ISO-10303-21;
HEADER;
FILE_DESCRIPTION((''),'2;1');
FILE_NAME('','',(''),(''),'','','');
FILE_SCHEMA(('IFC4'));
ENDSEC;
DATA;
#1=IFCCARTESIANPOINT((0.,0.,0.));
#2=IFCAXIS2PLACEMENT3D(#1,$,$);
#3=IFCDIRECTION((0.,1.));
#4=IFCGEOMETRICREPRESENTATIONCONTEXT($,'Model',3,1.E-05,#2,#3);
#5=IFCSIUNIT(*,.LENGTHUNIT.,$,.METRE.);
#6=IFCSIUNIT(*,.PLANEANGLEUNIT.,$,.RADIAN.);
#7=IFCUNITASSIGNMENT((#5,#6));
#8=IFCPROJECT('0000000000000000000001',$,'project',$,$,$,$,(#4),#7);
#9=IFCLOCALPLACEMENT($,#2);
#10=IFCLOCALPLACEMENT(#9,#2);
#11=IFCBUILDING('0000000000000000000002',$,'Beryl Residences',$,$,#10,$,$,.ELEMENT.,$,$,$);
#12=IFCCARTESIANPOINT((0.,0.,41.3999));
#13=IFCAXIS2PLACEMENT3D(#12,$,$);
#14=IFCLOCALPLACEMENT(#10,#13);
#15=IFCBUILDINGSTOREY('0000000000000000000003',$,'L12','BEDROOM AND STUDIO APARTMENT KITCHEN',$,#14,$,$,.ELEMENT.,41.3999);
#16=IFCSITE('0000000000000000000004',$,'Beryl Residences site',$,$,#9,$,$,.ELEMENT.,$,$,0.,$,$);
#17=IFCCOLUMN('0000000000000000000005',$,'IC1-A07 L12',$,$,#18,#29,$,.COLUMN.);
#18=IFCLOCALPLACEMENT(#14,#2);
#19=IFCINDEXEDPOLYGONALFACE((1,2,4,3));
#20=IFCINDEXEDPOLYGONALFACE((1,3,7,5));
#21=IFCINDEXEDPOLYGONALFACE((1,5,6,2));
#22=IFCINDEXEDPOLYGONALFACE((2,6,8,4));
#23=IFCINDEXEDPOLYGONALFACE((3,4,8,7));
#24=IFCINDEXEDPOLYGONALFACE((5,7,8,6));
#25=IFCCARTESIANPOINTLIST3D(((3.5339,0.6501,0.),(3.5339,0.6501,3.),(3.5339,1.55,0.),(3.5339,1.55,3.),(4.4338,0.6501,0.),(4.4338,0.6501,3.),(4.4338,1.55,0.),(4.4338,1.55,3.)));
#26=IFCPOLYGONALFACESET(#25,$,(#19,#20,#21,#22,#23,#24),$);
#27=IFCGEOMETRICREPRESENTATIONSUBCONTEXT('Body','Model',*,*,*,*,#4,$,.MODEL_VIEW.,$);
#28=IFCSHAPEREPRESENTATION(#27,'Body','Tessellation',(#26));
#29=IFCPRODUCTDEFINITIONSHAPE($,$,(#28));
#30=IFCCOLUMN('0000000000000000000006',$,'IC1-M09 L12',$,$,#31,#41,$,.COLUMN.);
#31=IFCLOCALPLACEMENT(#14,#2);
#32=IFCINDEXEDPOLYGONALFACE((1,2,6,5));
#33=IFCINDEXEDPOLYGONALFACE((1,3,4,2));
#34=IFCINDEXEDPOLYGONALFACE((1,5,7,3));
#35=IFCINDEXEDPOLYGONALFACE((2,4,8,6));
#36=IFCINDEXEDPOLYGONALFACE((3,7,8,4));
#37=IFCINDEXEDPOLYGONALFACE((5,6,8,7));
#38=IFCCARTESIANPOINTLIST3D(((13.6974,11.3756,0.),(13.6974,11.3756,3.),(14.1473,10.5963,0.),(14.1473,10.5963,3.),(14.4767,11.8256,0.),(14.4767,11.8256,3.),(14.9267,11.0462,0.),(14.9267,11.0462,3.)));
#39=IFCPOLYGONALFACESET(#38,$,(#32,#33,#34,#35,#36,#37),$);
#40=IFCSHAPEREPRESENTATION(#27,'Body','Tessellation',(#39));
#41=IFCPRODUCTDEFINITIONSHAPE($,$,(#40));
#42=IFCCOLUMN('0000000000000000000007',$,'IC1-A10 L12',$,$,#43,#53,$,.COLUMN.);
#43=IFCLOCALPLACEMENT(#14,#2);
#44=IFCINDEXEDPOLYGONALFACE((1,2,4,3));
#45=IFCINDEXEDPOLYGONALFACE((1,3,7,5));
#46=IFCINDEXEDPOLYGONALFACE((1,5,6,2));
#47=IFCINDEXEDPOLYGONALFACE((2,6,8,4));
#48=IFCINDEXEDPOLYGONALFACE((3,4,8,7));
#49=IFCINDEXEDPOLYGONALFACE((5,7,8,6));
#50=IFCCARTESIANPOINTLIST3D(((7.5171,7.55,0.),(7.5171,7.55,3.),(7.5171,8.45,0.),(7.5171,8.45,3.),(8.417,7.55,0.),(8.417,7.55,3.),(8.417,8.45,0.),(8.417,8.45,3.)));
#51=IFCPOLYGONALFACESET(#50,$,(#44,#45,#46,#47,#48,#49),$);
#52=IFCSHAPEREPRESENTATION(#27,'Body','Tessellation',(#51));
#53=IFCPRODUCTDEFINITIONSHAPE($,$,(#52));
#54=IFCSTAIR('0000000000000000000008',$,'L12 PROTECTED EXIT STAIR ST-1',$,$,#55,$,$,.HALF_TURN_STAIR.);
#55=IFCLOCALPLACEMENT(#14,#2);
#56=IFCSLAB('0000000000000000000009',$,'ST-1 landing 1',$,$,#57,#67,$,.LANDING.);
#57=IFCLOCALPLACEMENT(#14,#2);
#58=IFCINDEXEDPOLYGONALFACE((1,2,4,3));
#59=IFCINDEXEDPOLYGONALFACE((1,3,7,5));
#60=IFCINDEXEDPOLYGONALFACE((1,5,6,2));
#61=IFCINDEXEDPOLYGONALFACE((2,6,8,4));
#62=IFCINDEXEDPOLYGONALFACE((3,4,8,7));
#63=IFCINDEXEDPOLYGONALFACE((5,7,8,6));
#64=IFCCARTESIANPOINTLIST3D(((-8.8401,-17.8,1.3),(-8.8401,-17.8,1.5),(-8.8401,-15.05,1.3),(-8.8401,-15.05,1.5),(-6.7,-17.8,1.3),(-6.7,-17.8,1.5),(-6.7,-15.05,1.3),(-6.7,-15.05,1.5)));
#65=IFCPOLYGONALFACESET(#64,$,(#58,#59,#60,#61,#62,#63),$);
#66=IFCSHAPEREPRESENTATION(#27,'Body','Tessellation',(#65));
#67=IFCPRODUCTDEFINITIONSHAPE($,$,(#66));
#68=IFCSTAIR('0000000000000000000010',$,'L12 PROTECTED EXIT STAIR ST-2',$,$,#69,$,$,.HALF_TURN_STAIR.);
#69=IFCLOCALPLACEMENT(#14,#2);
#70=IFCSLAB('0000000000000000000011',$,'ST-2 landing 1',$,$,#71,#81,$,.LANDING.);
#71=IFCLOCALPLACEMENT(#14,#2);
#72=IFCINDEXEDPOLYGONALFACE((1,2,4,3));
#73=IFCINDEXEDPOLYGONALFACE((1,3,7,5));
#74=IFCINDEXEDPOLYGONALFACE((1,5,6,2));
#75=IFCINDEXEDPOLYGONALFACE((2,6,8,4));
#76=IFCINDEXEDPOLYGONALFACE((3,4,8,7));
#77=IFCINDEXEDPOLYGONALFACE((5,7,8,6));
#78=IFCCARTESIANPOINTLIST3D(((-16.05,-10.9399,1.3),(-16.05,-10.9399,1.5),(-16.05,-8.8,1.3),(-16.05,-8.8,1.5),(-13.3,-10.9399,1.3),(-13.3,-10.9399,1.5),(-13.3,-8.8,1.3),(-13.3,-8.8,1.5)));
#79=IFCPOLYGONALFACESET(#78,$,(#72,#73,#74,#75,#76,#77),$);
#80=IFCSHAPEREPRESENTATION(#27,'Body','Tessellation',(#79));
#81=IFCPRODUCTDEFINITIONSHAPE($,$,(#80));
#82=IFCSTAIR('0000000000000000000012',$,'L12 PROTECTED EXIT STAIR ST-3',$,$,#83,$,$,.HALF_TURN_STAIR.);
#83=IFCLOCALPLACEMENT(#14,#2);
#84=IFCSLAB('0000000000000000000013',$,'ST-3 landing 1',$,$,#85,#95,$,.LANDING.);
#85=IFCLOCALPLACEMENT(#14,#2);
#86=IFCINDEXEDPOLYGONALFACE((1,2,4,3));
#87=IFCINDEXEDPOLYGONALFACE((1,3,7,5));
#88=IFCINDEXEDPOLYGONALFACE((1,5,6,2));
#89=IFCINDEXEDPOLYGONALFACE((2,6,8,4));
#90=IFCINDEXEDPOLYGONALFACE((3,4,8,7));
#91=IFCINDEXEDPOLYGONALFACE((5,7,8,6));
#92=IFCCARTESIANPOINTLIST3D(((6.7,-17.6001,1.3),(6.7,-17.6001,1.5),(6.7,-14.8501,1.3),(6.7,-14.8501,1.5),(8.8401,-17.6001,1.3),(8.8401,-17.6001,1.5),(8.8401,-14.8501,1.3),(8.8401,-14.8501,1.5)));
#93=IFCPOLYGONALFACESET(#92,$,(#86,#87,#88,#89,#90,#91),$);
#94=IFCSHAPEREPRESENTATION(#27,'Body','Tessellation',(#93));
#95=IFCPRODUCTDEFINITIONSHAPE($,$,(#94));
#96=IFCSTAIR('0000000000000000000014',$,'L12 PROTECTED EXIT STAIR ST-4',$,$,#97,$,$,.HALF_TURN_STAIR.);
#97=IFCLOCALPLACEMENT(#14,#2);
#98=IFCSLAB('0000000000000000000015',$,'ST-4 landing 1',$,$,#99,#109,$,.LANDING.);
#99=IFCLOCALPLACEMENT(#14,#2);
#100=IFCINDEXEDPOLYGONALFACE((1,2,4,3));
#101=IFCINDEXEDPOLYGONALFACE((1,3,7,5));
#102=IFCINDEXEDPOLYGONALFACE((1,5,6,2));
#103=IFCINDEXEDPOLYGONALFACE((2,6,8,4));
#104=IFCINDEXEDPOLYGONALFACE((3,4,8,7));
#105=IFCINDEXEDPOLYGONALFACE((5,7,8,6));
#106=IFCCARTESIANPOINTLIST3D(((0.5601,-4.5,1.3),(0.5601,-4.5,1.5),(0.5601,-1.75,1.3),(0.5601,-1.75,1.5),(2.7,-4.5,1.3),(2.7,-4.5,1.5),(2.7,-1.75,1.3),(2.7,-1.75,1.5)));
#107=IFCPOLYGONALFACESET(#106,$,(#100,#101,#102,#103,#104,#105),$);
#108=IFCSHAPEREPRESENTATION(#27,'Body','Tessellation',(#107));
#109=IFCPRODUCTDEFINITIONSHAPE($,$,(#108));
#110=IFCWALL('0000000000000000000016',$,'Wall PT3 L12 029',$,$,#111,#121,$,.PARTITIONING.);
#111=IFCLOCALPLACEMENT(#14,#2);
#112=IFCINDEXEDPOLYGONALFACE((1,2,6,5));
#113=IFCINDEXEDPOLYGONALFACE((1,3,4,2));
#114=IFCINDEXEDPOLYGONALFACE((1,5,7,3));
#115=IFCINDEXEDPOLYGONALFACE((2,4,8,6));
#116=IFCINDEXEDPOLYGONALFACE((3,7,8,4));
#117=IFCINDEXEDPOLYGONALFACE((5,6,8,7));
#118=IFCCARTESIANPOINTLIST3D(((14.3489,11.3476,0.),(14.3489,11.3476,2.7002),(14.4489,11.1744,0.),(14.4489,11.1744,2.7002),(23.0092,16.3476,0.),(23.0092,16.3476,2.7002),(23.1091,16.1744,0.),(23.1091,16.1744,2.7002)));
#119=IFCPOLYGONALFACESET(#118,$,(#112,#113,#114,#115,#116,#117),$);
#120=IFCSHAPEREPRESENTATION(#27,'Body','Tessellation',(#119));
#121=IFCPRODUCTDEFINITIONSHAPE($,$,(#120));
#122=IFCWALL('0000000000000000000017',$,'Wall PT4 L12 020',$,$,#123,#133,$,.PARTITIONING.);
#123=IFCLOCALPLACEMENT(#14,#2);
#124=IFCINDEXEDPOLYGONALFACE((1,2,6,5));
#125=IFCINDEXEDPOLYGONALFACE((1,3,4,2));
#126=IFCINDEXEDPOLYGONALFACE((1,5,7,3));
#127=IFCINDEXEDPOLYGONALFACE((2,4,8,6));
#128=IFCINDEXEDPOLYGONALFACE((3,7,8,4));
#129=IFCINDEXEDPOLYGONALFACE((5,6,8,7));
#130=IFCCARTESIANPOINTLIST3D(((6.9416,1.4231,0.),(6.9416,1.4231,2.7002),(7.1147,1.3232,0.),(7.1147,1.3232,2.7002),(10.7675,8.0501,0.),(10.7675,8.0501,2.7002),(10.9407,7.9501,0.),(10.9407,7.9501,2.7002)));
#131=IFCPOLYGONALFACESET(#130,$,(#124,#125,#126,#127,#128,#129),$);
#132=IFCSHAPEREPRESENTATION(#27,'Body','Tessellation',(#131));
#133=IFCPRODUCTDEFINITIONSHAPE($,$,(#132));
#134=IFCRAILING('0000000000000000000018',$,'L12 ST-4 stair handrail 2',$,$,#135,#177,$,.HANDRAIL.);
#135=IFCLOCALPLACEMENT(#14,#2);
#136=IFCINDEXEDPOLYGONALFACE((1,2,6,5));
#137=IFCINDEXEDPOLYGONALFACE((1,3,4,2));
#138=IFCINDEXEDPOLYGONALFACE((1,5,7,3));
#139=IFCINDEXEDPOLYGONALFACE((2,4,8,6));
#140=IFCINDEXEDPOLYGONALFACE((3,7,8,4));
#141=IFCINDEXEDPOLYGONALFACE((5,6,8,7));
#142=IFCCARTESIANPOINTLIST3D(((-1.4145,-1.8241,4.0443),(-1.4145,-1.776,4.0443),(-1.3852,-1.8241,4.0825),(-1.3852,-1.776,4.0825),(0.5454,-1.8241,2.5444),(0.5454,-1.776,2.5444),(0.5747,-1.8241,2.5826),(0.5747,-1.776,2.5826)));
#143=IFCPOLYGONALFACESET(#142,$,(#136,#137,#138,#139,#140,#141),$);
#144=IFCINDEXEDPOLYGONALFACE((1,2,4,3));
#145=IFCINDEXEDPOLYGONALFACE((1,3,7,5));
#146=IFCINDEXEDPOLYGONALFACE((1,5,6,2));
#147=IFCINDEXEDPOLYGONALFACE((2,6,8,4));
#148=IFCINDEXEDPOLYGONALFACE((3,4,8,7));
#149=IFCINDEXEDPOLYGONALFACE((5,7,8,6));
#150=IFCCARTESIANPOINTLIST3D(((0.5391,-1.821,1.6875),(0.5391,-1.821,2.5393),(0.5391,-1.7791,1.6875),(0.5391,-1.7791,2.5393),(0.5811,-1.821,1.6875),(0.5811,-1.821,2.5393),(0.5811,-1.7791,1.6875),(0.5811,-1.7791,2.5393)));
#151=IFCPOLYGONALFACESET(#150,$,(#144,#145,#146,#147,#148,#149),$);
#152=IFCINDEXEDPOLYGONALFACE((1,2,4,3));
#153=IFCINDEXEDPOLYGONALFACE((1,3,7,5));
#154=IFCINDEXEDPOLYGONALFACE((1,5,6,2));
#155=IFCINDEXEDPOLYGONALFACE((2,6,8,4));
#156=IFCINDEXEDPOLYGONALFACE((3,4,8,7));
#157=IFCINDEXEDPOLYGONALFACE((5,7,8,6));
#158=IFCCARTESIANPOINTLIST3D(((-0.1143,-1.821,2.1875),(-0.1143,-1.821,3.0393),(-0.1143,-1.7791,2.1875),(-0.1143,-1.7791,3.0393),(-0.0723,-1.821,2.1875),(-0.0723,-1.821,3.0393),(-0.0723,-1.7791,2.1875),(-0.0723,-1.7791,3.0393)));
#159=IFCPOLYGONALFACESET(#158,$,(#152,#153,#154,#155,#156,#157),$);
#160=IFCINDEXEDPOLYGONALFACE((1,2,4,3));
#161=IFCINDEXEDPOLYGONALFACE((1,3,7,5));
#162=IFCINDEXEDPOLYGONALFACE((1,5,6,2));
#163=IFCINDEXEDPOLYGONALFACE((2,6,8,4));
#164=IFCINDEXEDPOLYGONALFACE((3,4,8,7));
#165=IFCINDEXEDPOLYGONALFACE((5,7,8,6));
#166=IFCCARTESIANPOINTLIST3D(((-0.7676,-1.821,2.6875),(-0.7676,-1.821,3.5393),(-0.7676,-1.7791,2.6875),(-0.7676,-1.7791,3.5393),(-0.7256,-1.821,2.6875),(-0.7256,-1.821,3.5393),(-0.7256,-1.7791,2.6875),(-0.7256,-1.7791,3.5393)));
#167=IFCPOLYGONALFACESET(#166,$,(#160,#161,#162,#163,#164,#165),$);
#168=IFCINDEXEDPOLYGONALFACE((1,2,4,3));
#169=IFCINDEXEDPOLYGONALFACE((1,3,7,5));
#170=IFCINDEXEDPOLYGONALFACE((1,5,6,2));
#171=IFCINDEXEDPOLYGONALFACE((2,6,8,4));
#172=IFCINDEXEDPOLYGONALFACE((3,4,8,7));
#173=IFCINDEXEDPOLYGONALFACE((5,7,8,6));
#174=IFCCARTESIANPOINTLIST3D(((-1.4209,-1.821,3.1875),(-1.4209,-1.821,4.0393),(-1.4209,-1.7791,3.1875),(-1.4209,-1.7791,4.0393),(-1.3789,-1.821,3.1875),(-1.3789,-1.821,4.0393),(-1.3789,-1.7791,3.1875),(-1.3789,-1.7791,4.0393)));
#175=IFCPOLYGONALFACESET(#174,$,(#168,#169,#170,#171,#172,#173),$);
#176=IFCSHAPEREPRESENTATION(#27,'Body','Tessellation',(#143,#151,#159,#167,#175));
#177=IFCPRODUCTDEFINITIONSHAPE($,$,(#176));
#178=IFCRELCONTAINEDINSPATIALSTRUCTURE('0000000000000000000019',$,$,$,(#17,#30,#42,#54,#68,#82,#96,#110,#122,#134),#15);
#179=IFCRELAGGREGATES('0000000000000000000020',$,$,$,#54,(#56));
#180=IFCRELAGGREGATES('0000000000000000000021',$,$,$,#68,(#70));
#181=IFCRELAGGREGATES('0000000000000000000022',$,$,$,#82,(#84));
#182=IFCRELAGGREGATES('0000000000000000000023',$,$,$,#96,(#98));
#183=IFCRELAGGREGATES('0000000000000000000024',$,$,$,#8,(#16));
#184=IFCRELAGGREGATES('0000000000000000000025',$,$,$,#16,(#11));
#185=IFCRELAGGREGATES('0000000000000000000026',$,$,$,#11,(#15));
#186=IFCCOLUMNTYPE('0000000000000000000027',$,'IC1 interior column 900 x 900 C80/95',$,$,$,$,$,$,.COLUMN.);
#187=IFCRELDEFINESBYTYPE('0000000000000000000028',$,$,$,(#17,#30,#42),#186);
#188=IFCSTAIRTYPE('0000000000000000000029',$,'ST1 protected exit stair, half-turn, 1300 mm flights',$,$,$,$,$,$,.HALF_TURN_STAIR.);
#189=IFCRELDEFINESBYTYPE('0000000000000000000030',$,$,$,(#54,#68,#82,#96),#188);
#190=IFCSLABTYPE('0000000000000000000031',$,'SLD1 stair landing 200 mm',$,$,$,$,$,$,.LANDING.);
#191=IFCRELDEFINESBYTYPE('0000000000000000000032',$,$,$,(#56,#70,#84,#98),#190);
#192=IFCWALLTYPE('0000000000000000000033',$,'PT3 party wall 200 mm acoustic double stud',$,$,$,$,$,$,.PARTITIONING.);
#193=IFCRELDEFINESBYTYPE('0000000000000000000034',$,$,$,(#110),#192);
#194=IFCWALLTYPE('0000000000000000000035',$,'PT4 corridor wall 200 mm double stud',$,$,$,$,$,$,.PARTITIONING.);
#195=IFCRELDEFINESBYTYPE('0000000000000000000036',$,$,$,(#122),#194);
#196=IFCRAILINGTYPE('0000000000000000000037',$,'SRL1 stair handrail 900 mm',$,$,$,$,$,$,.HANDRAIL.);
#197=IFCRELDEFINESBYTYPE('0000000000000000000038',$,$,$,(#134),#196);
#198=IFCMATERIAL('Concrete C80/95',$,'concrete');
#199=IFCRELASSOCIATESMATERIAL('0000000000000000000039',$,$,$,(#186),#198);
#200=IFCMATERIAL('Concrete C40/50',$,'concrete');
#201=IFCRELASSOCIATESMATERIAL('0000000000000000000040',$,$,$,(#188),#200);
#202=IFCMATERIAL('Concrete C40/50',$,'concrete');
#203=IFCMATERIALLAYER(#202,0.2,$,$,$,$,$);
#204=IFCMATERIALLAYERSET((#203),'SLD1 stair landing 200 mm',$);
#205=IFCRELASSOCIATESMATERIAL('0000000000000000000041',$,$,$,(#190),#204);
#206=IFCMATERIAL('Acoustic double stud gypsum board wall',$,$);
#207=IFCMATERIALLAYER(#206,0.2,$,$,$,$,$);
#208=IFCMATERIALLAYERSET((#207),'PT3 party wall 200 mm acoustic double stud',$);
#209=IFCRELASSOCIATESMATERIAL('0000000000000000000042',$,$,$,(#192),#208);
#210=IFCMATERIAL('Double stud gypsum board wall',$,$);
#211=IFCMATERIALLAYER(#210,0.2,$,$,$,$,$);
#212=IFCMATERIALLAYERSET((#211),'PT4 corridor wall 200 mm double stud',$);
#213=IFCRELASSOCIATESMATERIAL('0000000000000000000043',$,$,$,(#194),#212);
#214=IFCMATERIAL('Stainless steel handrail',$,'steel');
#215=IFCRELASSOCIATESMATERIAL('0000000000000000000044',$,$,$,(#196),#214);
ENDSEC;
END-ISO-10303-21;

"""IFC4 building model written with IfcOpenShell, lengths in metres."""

from ifc_helpers import new_model, si_unit, direction, frame, frame_2d, origin, origin_2d, place, context, subcontext, project, spatial, polyline, rectangle, outline, extrude, material, layer, layer_set, material_profile, profile_set, type_object, element, aggregate, save


model = new_model("IFC4")

# Units and contexts
model_context = context("Model", 3, precision=1e-05, world=origin(), true_north=direction((0.0, 1.0)))
body_context = subcontext(model_context, "Body", "Model", "MODEL_VIEW")
ifc_project = project(units=[si_unit("LENGTHUNIT", "METRE"), si_unit("PLANEANGLEUNIT", "RADIAN")], contexts=[model_context])

# Site, building, storey
site_placement = place(None, origin())
site = spatial("IfcSite", under=ifc_project, at=site_placement, Name="Beryl Residences site", CompositionType="ELEMENT", RefElevation=0.0)
building_placement = place(site_placement, origin())
building = spatial("IfcBuilding", under=site, at=building_placement, Name="Beryl Residences", CompositionType="ELEMENT")
storey_placement = place(building_placement, frame((0.0, 0.0, 41.3999)))
storey = spatial("IfcBuildingStorey", under=building, at=storey_placement, Name="L12", Description="BEDROOM AND STUDIO APARTMENT KITCHEN", CompositionType="ELEMENT", Elevation=41.3999)

# Columns
ifc_material_1 = material(Name="Concrete C80/95", Category="concrete")
ifc_material_profile = material_profile(ifc_material_1, rectangle(XDim=0.8999, YDim=0.8999, at=origin_2d()))
ifc_profile_set = profile_set([ifc_material_profile], Name="Concrete C80/95")
column_type = type_object("IfcColumnType", Name="IC1 interior column 900 x 900 C80/95", PredefinedType="COLUMN", material=ifc_profile_set)
for number, where, z_axis, x_axis, name in (
    (1, (3.9839, 1.1001, 0.0), (0.0, 0.0, 1.0), (1.0, 0.0, 0.0), "IC1-A07 L12"),
    (2, (14.312, 11.2109, 0.0), (0.0, 0.0, 1.0), (-0.499985, 0.866034, 0.0), "IC1-M09 L12"),
    (3, (7.967, 8.0, 0.0), (0.0, 0.0, 1.0), (1.0, 0.0, 0.0), "IC1-A10 L12"),
):
    element("IfcColumn", number, at=place(storey_placement, frame(where, z_axis=z_axis, x_axis=x_axis)), inside=storey, type_object=column_type, Name=name, PredefinedType="COLUMN", context=body_context, shape_type="SweptSolid", body=[
        extrude(rectangle(XDim=0.8999, YDim=0.8999, at=origin_2d()), origin(), (0.0, 0.0, 1.0), 3.0),
    ])

# Stairs, slabs
ifc_material_2 = material(Name="Concrete C40/50", Category="concrete")
stair_type = type_object("IfcStairType", Name="ST1 protected exit stair, half-turn, 1300 mm flights", PredefinedType="HALF_TURN_STAIR", material=ifc_material_2)
stair_1_placement = place(storey_placement, origin())
stair_1 = element("IfcStair", 4, at=stair_1_placement, inside=storey, type_object=stair_type, Name="L12 PROTECTED EXIT STAIR ST-1", PredefinedType="HALF_TURN_STAIR")
ifc_material_3 = material(Name="Concrete C40/50", Category="concrete")
ifc_layer_1 = layer(ifc_material_3, 0.2)
ifc_layer_set_1 = layer_set([ifc_layer_1], Name="SLD1 stair landing 200 mm")
slab_type_1 = type_object("IfcSlabType", Name="SLD1 stair landing 200 mm", PredefinedType="LANDING", material=ifc_layer_set_1)
slab_1_placement = place(storey_placement, frame((0.0, 0.0, 1.3)))
slab_1 = element("IfcSlab", 5, at=slab_1_placement, type_object=slab_type_1, Name="ST-1 landing 1", PredefinedType="LANDING", context=body_context, shape_type="SweptSolid", body=[
    extrude(outline(polyline([(-8.8401, -17.8), (-6.7, -17.8), (-6.7, -15.05), (-8.8401, -15.05), (-8.8401, -17.8)])), origin(), (0.0, 0.0, 1.0), 0.2),
])
aggregate(stair_1, [slab_1])
stair_2_placement = place(storey_placement, origin())
stair_2 = element("IfcStair", 6, at=stair_2_placement, inside=storey, type_object=stair_type, Name="L12 PROTECTED EXIT STAIR ST-2", PredefinedType="HALF_TURN_STAIR")
slab_2_placement = place(storey_placement, frame((0.0, 0.0, 1.3)))
slab_2 = element("IfcSlab", 7, at=slab_2_placement, type_object=slab_type_1, Name="ST-2 landing 1", PredefinedType="LANDING", context=body_context, shape_type="SweptSolid", body=[
    extrude(outline(polyline([(-13.3, -10.9399), (-13.3, -8.8), (-16.05, -8.8), (-16.05, -10.9399), (-13.3, -10.9399)])), origin(), (0.0, 0.0, 1.0), 0.2),
])
aggregate(stair_2, [slab_2])
stair_3_placement = place(storey_placement, origin())
stair_3 = element("IfcStair", 8, at=stair_3_placement, inside=storey, type_object=stair_type, Name="L12 PROTECTED EXIT STAIR ST-3", PredefinedType="HALF_TURN_STAIR")
slab_3_placement = place(storey_placement, frame((0.0, 0.0, 1.3)))
slab_3 = element("IfcSlab", 9, at=slab_3_placement, type_object=slab_type_1, Name="ST-3 landing 1", PredefinedType="LANDING", context=body_context, shape_type="SweptSolid", body=[
    extrude(outline(polyline([(8.8401, -14.8501), (6.7, -14.8501), (6.7, -17.6001), (8.8401, -17.6001), (8.8401, -14.8501)])), origin(), (0.0, 0.0, 1.0), 0.2),
])
aggregate(stair_3, [slab_3])
stair_4_placement = place(storey_placement, origin())
stair_4 = element("IfcStair", 10, at=stair_4_placement, inside=storey, type_object=stair_type, Name="L12 PROTECTED EXIT STAIR ST-4", PredefinedType="HALF_TURN_STAIR")
slab_4_placement = place(storey_placement, frame((0.0, 0.0, 1.3)))
slab_4 = element("IfcSlab", 11, at=slab_4_placement, type_object=slab_type_1, Name="ST-4 landing 1", PredefinedType="LANDING", context=body_context, shape_type="SweptSolid", body=[
    extrude(outline(polyline([(0.5601, -4.5), (2.7, -4.5), (2.7, -1.75), (0.5601, -1.75), (0.5601, -4.5)])), origin(), (0.0, 0.0, 1.0), 0.2),
])
aggregate(stair_4, [slab_4])

# Walls
ifc_material_4 = material(Name="Acoustic double stud gypsum board wall")
ifc_layer_2 = layer(ifc_material_4, 0.2)
ifc_layer_set_2 = layer_set([ifc_layer_2], Name="PT3 party wall 200 mm acoustic double stud")
wall_type_1 = type_object("IfcWallType", Name="PT3 party wall 200 mm acoustic double stud", PredefinedType="PARTITIONING", material=ifc_layer_set_2)
wall_1_placement = place(storey_placement, frame((14.3989, 11.261, 0.0), z_axis=(0.0, 0.0, 1.0), x_axis=(0.866023, 0.500004, 0.0)))
element("IfcWall", 12, at=wall_1_placement, inside=storey, type_object=wall_type_1, Name="Wall PT3 L12 029", PredefinedType="PARTITIONING", context=body_context, shape_type="SweptSolid", body=[
    extrude(rectangle(XDim=10.0, YDim=0.2, at=frame_2d((5.0, 0.0))), origin(), (0.0, 0.0, 1.0), 2.7002),
])
ifc_material_5 = material(Name="Double stud gypsum board wall")
ifc_layer_3 = layer(ifc_material_5, 0.2)
ifc_layer_set_3 = layer_set([ifc_layer_3], Name="PT4 corridor wall 200 mm double stud")
wall_type_2 = type_object("IfcWallType", Name="PT4 corridor wall 200 mm double stud", PredefinedType="PARTITIONING", material=ifc_layer_set_3)
wall_2_placement = place(storey_placement, frame((7.0281, 1.373, 0.0), z_axis=(0.0, 0.0, 1.0), x_axis=(0.499986, 0.866034, 0.0)))
element("IfcWall", 13, at=wall_2_placement, inside=storey, type_object=wall_type_2, Name="Wall PT4 L12 020", PredefinedType="PARTITIONING", context=body_context, shape_type="SweptSolid", body=[
    extrude(rectangle(XDim=7.6521, YDim=0.2, at=frame_2d((3.8262, 0.0))), origin(), (0.0, 0.0, 1.0), 2.7002),
])

# Railing
ifc_material_6 = material(Name="Stainless steel handrail", Category="steel")
railing_type_1 = type_object("IfcRailingType", Name="SRL1 stair handrail 900 mm", PredefinedType="HANDRAIL", material=ifc_material_6)
railing_1_placement = place(storey_placement, frame((0.5601, -1.8, 1.6875)))
element("IfcRailing", 14, at=railing_1_placement, inside=storey, type_object=railing_type_1, Name="L12 ST-4 stair handrail 2", PredefinedType="HANDRAIL", context=body_context, shape_type="SweptSolid", body=[
    extrude(rectangle(XDim=0.0481, YDim=0.0481, at=origin_2d()), frame((0.0, 0.0, 0.876), z_axis=(-0.794122, 0.0, 0.607758), x_axis=(0.0, -1.0, 0.0)), (0.0, 0.0, 1.0), 2.468),
    extrude(rectangle(XDim=0.042, YDim=0.042, at=origin_2d()), origin(), (0.0, 0.0, 1.0), 0.8518),
    extrude(rectangle(XDim=0.042, YDim=0.042, at=origin_2d()), frame((-0.6533, 0.0, 0.5)), (0.0, 0.0, 1.0), 0.8518),
    extrude(rectangle(XDim=0.042, YDim=0.042, at=origin_2d()), frame((-1.3066, 0.0, 1.0)), (0.0, 0.0, 1.0), 0.8518),
    extrude(rectangle(XDim=0.042, YDim=0.042, at=origin_2d()), frame((-1.96, 0.0, 1.5)), (0.0, 0.0, 1.0), 0.8518),
])

save(model, "model.ifc")
